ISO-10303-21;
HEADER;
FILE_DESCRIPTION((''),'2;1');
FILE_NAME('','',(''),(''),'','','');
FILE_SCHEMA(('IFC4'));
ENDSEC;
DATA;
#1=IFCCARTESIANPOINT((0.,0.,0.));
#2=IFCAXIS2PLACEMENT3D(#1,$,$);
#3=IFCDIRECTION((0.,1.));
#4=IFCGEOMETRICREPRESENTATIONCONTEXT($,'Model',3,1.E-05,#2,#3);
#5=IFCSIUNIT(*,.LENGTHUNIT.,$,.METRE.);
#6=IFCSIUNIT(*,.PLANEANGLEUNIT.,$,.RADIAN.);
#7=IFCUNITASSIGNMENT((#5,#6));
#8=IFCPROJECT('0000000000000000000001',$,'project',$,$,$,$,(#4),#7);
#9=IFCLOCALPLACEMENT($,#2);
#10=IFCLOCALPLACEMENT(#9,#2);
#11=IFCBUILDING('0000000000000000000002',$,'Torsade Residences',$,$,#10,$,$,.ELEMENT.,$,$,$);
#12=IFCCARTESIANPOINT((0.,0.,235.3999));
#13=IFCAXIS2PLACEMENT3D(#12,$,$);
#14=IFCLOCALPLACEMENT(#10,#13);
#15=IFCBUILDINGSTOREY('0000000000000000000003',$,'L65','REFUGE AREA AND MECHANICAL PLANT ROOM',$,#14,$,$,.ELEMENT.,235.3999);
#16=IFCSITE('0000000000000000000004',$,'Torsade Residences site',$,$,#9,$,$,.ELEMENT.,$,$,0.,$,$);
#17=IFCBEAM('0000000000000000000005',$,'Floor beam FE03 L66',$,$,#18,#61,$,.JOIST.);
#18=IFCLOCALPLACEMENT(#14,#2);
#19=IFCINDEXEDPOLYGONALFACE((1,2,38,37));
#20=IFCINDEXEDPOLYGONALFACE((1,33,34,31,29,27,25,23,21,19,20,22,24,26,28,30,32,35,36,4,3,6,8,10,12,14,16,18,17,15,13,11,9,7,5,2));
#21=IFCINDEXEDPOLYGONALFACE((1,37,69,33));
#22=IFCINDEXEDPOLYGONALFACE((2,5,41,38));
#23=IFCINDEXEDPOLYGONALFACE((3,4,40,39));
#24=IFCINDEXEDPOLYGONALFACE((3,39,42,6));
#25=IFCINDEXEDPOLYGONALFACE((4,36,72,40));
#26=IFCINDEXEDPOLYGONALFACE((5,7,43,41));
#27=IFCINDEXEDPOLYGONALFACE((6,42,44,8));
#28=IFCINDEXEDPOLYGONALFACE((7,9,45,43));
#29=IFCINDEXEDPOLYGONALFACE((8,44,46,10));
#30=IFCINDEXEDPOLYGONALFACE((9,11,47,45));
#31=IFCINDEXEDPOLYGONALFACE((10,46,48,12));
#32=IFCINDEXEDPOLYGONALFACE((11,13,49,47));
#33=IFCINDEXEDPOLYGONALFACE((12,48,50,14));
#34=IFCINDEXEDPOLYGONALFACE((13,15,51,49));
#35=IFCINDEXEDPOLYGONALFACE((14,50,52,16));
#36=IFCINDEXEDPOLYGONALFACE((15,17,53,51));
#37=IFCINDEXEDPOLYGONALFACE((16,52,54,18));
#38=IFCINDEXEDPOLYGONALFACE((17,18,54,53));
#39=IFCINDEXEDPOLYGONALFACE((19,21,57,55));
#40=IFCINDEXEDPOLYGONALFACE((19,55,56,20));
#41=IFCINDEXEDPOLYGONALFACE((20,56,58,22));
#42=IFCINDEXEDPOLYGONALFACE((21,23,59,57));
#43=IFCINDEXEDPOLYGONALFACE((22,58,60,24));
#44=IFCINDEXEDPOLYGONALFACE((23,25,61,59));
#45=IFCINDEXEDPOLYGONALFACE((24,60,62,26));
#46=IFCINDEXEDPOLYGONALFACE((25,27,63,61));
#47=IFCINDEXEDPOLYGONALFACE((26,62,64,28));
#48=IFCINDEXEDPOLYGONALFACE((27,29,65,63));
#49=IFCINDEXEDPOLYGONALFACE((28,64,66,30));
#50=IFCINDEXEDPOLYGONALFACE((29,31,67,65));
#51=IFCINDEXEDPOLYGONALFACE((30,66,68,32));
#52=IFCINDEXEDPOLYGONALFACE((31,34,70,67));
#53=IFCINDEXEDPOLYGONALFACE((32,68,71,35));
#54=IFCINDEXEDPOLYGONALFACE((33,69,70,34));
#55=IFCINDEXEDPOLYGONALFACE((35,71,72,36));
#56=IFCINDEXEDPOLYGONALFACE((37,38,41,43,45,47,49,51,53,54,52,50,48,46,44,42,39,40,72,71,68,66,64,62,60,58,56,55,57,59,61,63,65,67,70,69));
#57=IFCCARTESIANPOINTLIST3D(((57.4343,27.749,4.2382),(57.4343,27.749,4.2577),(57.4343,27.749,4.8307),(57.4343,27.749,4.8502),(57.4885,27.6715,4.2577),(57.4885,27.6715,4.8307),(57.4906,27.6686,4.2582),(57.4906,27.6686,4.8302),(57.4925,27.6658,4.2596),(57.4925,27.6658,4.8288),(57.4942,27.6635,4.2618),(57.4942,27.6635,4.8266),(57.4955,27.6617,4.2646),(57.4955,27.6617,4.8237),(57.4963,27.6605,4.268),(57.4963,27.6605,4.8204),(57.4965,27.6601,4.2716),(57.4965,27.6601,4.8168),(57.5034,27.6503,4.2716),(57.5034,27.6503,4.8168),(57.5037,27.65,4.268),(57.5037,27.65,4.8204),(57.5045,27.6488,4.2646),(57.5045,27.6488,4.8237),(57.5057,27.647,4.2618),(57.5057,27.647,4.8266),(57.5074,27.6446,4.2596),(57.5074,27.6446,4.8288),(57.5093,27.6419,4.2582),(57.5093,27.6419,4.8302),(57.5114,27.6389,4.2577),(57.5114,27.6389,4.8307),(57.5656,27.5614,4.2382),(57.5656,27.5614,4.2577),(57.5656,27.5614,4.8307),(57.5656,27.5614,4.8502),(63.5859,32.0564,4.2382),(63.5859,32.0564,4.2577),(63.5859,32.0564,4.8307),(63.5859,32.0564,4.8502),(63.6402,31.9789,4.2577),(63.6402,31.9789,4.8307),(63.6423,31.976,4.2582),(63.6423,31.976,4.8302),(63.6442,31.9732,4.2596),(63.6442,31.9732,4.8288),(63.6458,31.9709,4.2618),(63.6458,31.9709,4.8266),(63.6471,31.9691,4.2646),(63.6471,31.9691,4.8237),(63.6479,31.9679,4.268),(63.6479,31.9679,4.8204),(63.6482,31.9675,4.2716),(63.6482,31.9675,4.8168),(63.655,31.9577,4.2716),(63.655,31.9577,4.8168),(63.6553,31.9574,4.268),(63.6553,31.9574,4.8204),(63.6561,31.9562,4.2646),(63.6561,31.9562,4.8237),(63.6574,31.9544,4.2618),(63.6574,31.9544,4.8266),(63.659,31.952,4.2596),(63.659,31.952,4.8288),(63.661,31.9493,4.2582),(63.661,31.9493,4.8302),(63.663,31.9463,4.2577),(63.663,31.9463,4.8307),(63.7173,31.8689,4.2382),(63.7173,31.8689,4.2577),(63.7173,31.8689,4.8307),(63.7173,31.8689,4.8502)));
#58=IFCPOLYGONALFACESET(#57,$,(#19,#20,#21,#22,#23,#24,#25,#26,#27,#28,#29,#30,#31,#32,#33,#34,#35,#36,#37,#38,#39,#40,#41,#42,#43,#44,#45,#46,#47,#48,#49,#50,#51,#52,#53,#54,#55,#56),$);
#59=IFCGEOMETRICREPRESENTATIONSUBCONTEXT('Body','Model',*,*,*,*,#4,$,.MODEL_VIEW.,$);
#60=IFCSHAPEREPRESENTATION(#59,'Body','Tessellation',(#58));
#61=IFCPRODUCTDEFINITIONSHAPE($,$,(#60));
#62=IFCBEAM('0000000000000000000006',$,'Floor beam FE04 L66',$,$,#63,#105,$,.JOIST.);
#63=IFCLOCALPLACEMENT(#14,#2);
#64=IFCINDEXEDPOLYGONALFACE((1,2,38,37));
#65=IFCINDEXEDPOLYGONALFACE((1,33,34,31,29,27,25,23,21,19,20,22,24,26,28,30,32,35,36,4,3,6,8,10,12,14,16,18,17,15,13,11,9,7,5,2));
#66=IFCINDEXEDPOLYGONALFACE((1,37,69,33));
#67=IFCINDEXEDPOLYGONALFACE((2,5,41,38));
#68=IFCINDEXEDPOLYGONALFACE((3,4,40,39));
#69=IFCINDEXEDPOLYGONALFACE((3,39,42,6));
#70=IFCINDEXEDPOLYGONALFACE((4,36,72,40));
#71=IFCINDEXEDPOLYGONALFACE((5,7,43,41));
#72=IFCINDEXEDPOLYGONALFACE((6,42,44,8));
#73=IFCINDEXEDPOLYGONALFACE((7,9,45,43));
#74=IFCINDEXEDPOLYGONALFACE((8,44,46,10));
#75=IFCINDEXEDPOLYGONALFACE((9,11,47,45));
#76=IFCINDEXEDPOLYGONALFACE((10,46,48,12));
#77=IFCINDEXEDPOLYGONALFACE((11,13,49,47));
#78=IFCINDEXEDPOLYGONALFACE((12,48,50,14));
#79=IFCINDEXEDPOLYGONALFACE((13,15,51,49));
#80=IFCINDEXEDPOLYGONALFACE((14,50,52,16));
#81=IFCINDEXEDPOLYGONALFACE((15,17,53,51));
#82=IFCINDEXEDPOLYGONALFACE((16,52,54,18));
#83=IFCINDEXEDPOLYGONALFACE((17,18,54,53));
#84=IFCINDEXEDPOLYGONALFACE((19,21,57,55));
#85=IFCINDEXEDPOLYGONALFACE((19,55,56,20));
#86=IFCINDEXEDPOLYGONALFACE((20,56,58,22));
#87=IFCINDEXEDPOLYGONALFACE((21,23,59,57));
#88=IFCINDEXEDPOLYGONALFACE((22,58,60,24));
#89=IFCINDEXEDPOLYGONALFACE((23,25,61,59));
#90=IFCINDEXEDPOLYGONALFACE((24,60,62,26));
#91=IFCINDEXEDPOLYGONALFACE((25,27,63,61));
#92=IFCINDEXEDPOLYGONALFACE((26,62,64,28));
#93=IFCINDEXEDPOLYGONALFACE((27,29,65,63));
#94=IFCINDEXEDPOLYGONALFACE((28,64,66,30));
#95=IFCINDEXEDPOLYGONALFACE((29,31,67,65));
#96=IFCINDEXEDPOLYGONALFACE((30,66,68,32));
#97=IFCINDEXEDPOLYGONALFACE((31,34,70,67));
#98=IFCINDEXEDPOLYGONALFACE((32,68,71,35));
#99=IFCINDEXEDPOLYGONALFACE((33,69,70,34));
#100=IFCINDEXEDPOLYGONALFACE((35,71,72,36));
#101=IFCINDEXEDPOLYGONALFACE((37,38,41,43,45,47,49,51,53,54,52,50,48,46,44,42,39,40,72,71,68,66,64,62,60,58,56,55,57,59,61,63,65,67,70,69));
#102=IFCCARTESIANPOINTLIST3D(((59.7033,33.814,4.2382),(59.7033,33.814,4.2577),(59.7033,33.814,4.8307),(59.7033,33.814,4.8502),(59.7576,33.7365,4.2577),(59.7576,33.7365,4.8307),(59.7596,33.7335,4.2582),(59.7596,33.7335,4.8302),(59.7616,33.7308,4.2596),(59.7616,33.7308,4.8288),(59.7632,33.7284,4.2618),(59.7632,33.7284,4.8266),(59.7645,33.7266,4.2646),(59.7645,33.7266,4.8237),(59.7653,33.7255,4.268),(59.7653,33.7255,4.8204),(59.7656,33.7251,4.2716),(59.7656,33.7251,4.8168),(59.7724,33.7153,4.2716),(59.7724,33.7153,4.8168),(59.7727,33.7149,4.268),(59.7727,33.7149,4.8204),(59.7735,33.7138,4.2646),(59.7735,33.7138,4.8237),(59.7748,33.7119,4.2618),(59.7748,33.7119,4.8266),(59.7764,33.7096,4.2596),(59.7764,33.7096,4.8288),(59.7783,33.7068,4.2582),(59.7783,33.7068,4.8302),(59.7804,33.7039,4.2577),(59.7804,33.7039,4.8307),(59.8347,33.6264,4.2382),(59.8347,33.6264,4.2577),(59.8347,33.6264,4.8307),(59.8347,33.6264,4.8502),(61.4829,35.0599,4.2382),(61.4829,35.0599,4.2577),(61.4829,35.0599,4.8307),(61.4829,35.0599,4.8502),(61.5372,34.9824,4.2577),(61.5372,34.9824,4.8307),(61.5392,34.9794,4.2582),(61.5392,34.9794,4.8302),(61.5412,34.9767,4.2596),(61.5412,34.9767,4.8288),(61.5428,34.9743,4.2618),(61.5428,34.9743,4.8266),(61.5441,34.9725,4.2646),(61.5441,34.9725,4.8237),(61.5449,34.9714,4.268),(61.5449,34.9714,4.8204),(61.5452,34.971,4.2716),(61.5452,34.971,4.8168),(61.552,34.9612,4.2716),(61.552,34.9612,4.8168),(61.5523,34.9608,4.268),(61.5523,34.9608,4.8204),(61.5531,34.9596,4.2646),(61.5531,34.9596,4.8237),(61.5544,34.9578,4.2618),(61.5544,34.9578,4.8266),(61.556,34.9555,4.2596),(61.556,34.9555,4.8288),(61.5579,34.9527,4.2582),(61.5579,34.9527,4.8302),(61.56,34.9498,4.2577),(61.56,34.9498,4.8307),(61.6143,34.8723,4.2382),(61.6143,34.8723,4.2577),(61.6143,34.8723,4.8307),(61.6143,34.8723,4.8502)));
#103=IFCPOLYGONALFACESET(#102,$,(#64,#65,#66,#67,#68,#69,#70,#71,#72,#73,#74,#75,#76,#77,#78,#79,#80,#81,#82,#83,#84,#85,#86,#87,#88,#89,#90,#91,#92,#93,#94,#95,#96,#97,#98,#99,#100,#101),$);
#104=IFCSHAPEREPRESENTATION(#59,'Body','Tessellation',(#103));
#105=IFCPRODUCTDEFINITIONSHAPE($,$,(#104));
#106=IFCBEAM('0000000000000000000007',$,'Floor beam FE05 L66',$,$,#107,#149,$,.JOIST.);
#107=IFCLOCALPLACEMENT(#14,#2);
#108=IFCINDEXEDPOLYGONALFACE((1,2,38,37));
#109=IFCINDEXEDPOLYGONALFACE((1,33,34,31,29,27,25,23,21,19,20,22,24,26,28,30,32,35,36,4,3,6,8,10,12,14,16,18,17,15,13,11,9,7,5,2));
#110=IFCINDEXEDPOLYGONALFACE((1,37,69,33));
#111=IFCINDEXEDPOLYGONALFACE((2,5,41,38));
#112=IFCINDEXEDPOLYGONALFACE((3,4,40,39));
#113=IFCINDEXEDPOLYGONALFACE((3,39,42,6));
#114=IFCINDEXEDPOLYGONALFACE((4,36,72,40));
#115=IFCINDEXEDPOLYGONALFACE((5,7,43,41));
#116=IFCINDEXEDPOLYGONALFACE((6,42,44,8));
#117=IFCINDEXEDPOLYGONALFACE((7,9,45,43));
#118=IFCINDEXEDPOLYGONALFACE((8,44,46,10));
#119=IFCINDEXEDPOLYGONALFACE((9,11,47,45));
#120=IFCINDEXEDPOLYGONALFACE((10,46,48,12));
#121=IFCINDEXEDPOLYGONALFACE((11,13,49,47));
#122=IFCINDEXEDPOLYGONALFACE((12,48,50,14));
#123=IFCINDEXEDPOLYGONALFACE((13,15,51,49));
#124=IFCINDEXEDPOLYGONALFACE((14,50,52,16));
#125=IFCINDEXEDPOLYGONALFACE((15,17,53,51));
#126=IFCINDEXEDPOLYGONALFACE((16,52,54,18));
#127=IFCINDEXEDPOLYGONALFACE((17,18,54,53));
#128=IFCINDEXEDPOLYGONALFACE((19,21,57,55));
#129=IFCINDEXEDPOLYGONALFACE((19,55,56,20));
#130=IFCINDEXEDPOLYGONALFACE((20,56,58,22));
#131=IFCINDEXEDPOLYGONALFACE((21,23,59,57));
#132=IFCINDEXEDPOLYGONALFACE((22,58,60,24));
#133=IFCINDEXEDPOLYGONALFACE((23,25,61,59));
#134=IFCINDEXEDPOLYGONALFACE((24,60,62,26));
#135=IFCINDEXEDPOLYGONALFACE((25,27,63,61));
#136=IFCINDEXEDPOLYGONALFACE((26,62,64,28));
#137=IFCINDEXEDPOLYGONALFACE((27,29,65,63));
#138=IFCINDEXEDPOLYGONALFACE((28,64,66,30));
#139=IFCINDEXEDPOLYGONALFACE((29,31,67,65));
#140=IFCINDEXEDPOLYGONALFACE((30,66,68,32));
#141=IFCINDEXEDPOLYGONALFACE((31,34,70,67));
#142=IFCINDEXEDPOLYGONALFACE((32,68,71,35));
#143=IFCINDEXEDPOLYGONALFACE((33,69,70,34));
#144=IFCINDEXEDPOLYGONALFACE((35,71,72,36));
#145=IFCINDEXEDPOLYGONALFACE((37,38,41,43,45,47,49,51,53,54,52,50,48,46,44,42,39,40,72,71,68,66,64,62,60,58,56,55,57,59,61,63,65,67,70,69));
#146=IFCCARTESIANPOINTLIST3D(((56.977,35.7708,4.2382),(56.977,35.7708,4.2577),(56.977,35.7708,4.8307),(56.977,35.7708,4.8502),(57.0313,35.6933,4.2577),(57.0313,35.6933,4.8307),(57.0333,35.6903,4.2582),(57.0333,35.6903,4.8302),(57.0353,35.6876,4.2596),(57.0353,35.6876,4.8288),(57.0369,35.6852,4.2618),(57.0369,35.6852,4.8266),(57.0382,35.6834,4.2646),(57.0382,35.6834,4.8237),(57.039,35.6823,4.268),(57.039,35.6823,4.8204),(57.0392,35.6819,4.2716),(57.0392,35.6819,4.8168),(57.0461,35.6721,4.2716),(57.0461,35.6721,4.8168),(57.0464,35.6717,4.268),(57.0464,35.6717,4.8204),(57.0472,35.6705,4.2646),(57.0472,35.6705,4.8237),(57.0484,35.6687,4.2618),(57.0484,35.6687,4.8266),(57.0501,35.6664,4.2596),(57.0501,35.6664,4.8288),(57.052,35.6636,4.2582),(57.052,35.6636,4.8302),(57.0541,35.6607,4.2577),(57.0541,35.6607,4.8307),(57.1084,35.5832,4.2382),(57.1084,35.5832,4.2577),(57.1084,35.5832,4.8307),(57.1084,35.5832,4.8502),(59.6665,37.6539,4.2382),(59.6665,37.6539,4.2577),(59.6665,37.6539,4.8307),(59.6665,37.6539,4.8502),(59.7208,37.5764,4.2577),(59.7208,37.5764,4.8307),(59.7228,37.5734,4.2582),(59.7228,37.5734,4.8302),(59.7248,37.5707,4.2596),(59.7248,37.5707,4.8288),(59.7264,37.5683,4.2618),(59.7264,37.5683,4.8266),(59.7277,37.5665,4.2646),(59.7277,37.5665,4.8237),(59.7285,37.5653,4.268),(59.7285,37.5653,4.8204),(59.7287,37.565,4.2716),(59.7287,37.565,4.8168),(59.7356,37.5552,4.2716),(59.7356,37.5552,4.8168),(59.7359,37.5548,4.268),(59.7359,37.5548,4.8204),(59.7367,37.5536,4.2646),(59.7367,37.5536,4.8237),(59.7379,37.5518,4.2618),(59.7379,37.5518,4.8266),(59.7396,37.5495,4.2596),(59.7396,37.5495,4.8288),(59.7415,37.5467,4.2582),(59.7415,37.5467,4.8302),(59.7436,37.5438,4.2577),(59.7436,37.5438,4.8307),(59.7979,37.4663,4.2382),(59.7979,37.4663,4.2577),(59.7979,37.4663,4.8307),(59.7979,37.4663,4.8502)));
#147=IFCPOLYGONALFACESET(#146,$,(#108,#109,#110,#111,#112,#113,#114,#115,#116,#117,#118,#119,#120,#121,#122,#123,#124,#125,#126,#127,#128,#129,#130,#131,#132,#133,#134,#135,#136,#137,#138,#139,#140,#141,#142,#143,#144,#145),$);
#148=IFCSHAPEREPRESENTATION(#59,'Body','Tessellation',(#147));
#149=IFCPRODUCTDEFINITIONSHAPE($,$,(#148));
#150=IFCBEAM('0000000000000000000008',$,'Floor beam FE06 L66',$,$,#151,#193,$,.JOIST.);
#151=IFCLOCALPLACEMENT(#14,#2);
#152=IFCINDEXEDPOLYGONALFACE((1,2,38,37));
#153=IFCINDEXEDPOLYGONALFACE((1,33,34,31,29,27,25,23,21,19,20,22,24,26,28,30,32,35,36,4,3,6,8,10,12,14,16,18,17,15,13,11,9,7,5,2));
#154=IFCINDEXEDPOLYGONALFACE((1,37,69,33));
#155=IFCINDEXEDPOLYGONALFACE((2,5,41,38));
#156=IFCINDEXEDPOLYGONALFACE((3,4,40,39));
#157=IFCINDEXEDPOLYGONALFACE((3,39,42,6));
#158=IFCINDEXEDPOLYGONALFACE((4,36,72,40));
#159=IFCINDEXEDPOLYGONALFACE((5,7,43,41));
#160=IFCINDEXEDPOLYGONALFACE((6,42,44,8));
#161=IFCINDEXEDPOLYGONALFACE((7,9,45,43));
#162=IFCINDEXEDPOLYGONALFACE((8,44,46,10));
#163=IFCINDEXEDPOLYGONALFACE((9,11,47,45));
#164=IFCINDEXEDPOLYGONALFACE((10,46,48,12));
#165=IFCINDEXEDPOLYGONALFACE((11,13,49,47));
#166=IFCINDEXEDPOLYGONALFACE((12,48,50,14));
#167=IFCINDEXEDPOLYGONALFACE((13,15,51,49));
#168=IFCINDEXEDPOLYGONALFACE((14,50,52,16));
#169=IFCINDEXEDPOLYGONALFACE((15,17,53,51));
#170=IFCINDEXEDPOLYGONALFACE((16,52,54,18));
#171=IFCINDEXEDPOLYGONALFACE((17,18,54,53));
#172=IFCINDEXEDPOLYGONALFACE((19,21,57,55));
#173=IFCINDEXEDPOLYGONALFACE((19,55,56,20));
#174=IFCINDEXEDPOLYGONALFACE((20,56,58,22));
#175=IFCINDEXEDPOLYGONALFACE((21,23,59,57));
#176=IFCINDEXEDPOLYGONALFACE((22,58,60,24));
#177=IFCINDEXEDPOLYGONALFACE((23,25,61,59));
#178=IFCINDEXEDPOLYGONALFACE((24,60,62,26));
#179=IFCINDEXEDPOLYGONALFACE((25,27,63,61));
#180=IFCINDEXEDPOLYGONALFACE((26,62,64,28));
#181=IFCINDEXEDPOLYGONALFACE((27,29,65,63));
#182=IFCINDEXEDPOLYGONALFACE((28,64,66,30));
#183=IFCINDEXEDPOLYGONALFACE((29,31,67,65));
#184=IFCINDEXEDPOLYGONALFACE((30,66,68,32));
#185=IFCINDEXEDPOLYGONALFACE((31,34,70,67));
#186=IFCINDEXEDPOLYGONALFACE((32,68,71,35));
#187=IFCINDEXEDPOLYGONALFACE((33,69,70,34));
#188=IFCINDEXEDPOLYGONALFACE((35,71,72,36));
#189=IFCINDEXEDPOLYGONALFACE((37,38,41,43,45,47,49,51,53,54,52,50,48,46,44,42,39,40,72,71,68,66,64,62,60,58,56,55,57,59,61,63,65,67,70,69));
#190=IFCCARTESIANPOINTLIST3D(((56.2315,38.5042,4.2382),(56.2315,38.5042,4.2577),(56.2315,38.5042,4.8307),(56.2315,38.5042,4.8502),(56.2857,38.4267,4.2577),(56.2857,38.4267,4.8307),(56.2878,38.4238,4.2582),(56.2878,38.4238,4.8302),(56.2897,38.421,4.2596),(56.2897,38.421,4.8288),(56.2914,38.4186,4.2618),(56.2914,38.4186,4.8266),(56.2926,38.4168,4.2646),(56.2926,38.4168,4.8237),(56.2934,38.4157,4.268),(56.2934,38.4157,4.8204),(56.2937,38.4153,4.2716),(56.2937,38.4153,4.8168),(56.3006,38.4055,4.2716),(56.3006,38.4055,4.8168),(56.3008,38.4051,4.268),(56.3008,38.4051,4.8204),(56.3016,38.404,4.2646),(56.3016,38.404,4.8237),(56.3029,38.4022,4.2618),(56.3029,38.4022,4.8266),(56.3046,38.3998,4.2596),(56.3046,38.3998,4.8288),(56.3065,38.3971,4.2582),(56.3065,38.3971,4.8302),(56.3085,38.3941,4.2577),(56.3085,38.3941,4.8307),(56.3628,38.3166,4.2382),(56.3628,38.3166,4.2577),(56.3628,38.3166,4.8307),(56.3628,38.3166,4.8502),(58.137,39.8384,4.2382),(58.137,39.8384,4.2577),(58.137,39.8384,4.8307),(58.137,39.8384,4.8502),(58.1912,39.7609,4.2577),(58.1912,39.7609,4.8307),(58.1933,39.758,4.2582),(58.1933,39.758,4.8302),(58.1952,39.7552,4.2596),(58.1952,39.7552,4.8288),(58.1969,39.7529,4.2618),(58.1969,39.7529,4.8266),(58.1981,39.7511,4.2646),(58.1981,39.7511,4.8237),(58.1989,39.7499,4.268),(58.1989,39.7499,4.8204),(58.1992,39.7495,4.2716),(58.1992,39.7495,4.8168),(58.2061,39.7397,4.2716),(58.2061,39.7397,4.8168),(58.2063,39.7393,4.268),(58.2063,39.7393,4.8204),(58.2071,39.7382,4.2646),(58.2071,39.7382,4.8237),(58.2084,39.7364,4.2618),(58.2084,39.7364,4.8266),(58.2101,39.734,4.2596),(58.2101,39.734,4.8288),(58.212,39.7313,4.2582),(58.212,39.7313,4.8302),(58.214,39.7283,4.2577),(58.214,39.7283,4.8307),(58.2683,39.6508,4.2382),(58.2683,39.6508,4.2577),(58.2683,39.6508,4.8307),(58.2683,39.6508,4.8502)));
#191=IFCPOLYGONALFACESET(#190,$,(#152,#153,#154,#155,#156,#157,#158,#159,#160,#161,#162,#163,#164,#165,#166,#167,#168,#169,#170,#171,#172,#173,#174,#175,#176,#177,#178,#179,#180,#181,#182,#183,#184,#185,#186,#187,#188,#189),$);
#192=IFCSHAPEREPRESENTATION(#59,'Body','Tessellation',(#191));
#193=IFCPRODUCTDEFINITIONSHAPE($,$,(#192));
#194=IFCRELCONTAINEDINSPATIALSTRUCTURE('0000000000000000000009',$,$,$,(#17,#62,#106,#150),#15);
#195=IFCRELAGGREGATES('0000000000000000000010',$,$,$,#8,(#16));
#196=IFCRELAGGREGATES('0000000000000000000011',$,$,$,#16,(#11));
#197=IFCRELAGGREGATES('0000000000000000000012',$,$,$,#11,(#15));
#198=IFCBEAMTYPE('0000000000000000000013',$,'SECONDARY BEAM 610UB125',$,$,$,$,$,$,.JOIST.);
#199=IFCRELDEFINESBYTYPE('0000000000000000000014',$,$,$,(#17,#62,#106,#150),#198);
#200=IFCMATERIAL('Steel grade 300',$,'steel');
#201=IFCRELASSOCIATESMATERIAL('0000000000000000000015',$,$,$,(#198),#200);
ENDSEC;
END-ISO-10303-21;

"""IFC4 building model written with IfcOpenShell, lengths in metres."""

from ifc_helpers import new_model, si_unit, direction, frame, origin, origin_2d, place, context, subcontext, project, spatial, i_section, extrude, material, material_profile, profile_set, type_object, element, save


model = new_model("IFC4")

# Units and contexts
model_context = context("Model", 3, precision=1e-05, world=origin(), true_north=direction((0.0, 1.0)))
body_context = subcontext(model_context, "Body", "Model", "MODEL_VIEW")
ifc_project = project(units=[si_unit("LENGTHUNIT", "METRE"), si_unit("PLANEANGLEUNIT", "RADIAN")], contexts=[model_context])

# Site, building, storey
site_placement = place(None, origin())
site = spatial("IfcSite", under=ifc_project, at=site_placement, Name="Torsade Residences site", CompositionType="ELEMENT", RefElevation=0.0)
building_placement = place(site_placement, origin())
building = spatial("IfcBuilding", under=site, at=building_placement, Name="Torsade Residences", CompositionType="ELEMENT")
storey_placement = place(building_placement, frame((0.0, 0.0, 235.3999)))
storey = spatial("IfcBuildingStorey", under=building, at=storey_placement, Name="L65", Description="REFUGE AREA AND MECHANICAL PLANT ROOM", CompositionType="ELEMENT", Elevation=235.3999)

# Beams
ifc_material_1 = material(Name="Steel grade 300", Category="steel")
ifc_material_profile_1 = material_profile(ifc_material_1, i_section(OverallWidth=0.229, OverallDepth=0.6121, WebThickness=0.012, FlangeThickness=0.0195, FilletRadius=0.0139, at=origin_2d()), Name="610UB125")
ifc_profile_set_1 = profile_set([ifc_material_profile_1], Name="Steel grade 300")
beam_type_1 = type_object("IfcBeamType", Name="SECONDARY BEAM 610UB125", PredefinedType="JOIST", material=ifc_profile_set_1)
beam_1_placement = place(storey_placement, frame((63.6516, 31.9626, 4.5442), z_axis=(-0.819154, -0.573574, 0.0), x_axis=(0.573574, -0.819154, 0.0)))
element("IfcBeam", 1, at=beam_1_placement, inside=storey, type_object=beam_type_1, Name="Floor beam FE03 L66", PredefinedType="JOIST", context=body_context, shape_type="SweptSolid", body=[
    extrude(i_section(OverallWidth=0.229, OverallDepth=0.6121, WebThickness=0.012, FlangeThickness=0.0195, FilletRadius=0.0139, at=origin_2d()), origin(), (0.0, 0.0, 1.0), 7.5098),
])
beam_2_placement = place(storey_placement, frame((61.5486, 34.9661, 4.5442), z_axis=(-0.819195, -0.573515, 0.0), x_axis=(0.573515, -0.819195, 0.0)))
element("IfcBeam", 2, at=beam_2_placement, inside=storey, type_object=beam_type_1, Name="Floor beam FE04 L66", PredefinedType="JOIST", context=body_context, shape_type="SweptSolid", body=[
    extrude(i_section(OverallWidth=0.229, OverallDepth=0.6121, WebThickness=0.012, FlangeThickness=0.0195, FilletRadius=0.0139, at=origin_2d()), origin(), (0.0, 0.0, 1.0), 2.1724),
])
beam_3_placement = place(storey_placement, frame((59.7322, 37.5601, 4.5442), z_axis=(-0.819169, -0.573552, 0.0), x_axis=(0.573552, -0.819169, 0.0)))
element("IfcBeam", 3, at=beam_3_placement, inside=storey, type_object=beam_type_1, Name="Floor beam FE05 L66", PredefinedType="JOIST", context=body_context, shape_type="SweptSolid", body=[
    extrude(i_section(OverallWidth=0.229, OverallDepth=0.6121, WebThickness=0.012, FlangeThickness=0.0195, FilletRadius=0.0139, at=origin_2d()), origin(), (0.0, 0.0, 1.0), 3.2832),
])
beam_4_placement = place(storey_placement, frame((58.2026, 39.7446, 4.5442), z_axis=(-0.819158, -0.573568, 0.0), x_axis=(0.573568, -0.819158, 0.0)))
element("IfcBeam", 4, at=beam_4_placement, inside=storey, type_object=beam_type_1, Name="Floor beam FE06 L66", PredefinedType="JOIST", context=body_context, shape_type="SweptSolid", body=[
    extrude(i_section(OverallWidth=0.229, OverallDepth=0.6121, WebThickness=0.012, FlangeThickness=0.0195, FilletRadius=0.0139, at=origin_2d()), origin(), (0.0, 0.0, 1.0), 2.3262),
])

save(model, "model.ifc")
